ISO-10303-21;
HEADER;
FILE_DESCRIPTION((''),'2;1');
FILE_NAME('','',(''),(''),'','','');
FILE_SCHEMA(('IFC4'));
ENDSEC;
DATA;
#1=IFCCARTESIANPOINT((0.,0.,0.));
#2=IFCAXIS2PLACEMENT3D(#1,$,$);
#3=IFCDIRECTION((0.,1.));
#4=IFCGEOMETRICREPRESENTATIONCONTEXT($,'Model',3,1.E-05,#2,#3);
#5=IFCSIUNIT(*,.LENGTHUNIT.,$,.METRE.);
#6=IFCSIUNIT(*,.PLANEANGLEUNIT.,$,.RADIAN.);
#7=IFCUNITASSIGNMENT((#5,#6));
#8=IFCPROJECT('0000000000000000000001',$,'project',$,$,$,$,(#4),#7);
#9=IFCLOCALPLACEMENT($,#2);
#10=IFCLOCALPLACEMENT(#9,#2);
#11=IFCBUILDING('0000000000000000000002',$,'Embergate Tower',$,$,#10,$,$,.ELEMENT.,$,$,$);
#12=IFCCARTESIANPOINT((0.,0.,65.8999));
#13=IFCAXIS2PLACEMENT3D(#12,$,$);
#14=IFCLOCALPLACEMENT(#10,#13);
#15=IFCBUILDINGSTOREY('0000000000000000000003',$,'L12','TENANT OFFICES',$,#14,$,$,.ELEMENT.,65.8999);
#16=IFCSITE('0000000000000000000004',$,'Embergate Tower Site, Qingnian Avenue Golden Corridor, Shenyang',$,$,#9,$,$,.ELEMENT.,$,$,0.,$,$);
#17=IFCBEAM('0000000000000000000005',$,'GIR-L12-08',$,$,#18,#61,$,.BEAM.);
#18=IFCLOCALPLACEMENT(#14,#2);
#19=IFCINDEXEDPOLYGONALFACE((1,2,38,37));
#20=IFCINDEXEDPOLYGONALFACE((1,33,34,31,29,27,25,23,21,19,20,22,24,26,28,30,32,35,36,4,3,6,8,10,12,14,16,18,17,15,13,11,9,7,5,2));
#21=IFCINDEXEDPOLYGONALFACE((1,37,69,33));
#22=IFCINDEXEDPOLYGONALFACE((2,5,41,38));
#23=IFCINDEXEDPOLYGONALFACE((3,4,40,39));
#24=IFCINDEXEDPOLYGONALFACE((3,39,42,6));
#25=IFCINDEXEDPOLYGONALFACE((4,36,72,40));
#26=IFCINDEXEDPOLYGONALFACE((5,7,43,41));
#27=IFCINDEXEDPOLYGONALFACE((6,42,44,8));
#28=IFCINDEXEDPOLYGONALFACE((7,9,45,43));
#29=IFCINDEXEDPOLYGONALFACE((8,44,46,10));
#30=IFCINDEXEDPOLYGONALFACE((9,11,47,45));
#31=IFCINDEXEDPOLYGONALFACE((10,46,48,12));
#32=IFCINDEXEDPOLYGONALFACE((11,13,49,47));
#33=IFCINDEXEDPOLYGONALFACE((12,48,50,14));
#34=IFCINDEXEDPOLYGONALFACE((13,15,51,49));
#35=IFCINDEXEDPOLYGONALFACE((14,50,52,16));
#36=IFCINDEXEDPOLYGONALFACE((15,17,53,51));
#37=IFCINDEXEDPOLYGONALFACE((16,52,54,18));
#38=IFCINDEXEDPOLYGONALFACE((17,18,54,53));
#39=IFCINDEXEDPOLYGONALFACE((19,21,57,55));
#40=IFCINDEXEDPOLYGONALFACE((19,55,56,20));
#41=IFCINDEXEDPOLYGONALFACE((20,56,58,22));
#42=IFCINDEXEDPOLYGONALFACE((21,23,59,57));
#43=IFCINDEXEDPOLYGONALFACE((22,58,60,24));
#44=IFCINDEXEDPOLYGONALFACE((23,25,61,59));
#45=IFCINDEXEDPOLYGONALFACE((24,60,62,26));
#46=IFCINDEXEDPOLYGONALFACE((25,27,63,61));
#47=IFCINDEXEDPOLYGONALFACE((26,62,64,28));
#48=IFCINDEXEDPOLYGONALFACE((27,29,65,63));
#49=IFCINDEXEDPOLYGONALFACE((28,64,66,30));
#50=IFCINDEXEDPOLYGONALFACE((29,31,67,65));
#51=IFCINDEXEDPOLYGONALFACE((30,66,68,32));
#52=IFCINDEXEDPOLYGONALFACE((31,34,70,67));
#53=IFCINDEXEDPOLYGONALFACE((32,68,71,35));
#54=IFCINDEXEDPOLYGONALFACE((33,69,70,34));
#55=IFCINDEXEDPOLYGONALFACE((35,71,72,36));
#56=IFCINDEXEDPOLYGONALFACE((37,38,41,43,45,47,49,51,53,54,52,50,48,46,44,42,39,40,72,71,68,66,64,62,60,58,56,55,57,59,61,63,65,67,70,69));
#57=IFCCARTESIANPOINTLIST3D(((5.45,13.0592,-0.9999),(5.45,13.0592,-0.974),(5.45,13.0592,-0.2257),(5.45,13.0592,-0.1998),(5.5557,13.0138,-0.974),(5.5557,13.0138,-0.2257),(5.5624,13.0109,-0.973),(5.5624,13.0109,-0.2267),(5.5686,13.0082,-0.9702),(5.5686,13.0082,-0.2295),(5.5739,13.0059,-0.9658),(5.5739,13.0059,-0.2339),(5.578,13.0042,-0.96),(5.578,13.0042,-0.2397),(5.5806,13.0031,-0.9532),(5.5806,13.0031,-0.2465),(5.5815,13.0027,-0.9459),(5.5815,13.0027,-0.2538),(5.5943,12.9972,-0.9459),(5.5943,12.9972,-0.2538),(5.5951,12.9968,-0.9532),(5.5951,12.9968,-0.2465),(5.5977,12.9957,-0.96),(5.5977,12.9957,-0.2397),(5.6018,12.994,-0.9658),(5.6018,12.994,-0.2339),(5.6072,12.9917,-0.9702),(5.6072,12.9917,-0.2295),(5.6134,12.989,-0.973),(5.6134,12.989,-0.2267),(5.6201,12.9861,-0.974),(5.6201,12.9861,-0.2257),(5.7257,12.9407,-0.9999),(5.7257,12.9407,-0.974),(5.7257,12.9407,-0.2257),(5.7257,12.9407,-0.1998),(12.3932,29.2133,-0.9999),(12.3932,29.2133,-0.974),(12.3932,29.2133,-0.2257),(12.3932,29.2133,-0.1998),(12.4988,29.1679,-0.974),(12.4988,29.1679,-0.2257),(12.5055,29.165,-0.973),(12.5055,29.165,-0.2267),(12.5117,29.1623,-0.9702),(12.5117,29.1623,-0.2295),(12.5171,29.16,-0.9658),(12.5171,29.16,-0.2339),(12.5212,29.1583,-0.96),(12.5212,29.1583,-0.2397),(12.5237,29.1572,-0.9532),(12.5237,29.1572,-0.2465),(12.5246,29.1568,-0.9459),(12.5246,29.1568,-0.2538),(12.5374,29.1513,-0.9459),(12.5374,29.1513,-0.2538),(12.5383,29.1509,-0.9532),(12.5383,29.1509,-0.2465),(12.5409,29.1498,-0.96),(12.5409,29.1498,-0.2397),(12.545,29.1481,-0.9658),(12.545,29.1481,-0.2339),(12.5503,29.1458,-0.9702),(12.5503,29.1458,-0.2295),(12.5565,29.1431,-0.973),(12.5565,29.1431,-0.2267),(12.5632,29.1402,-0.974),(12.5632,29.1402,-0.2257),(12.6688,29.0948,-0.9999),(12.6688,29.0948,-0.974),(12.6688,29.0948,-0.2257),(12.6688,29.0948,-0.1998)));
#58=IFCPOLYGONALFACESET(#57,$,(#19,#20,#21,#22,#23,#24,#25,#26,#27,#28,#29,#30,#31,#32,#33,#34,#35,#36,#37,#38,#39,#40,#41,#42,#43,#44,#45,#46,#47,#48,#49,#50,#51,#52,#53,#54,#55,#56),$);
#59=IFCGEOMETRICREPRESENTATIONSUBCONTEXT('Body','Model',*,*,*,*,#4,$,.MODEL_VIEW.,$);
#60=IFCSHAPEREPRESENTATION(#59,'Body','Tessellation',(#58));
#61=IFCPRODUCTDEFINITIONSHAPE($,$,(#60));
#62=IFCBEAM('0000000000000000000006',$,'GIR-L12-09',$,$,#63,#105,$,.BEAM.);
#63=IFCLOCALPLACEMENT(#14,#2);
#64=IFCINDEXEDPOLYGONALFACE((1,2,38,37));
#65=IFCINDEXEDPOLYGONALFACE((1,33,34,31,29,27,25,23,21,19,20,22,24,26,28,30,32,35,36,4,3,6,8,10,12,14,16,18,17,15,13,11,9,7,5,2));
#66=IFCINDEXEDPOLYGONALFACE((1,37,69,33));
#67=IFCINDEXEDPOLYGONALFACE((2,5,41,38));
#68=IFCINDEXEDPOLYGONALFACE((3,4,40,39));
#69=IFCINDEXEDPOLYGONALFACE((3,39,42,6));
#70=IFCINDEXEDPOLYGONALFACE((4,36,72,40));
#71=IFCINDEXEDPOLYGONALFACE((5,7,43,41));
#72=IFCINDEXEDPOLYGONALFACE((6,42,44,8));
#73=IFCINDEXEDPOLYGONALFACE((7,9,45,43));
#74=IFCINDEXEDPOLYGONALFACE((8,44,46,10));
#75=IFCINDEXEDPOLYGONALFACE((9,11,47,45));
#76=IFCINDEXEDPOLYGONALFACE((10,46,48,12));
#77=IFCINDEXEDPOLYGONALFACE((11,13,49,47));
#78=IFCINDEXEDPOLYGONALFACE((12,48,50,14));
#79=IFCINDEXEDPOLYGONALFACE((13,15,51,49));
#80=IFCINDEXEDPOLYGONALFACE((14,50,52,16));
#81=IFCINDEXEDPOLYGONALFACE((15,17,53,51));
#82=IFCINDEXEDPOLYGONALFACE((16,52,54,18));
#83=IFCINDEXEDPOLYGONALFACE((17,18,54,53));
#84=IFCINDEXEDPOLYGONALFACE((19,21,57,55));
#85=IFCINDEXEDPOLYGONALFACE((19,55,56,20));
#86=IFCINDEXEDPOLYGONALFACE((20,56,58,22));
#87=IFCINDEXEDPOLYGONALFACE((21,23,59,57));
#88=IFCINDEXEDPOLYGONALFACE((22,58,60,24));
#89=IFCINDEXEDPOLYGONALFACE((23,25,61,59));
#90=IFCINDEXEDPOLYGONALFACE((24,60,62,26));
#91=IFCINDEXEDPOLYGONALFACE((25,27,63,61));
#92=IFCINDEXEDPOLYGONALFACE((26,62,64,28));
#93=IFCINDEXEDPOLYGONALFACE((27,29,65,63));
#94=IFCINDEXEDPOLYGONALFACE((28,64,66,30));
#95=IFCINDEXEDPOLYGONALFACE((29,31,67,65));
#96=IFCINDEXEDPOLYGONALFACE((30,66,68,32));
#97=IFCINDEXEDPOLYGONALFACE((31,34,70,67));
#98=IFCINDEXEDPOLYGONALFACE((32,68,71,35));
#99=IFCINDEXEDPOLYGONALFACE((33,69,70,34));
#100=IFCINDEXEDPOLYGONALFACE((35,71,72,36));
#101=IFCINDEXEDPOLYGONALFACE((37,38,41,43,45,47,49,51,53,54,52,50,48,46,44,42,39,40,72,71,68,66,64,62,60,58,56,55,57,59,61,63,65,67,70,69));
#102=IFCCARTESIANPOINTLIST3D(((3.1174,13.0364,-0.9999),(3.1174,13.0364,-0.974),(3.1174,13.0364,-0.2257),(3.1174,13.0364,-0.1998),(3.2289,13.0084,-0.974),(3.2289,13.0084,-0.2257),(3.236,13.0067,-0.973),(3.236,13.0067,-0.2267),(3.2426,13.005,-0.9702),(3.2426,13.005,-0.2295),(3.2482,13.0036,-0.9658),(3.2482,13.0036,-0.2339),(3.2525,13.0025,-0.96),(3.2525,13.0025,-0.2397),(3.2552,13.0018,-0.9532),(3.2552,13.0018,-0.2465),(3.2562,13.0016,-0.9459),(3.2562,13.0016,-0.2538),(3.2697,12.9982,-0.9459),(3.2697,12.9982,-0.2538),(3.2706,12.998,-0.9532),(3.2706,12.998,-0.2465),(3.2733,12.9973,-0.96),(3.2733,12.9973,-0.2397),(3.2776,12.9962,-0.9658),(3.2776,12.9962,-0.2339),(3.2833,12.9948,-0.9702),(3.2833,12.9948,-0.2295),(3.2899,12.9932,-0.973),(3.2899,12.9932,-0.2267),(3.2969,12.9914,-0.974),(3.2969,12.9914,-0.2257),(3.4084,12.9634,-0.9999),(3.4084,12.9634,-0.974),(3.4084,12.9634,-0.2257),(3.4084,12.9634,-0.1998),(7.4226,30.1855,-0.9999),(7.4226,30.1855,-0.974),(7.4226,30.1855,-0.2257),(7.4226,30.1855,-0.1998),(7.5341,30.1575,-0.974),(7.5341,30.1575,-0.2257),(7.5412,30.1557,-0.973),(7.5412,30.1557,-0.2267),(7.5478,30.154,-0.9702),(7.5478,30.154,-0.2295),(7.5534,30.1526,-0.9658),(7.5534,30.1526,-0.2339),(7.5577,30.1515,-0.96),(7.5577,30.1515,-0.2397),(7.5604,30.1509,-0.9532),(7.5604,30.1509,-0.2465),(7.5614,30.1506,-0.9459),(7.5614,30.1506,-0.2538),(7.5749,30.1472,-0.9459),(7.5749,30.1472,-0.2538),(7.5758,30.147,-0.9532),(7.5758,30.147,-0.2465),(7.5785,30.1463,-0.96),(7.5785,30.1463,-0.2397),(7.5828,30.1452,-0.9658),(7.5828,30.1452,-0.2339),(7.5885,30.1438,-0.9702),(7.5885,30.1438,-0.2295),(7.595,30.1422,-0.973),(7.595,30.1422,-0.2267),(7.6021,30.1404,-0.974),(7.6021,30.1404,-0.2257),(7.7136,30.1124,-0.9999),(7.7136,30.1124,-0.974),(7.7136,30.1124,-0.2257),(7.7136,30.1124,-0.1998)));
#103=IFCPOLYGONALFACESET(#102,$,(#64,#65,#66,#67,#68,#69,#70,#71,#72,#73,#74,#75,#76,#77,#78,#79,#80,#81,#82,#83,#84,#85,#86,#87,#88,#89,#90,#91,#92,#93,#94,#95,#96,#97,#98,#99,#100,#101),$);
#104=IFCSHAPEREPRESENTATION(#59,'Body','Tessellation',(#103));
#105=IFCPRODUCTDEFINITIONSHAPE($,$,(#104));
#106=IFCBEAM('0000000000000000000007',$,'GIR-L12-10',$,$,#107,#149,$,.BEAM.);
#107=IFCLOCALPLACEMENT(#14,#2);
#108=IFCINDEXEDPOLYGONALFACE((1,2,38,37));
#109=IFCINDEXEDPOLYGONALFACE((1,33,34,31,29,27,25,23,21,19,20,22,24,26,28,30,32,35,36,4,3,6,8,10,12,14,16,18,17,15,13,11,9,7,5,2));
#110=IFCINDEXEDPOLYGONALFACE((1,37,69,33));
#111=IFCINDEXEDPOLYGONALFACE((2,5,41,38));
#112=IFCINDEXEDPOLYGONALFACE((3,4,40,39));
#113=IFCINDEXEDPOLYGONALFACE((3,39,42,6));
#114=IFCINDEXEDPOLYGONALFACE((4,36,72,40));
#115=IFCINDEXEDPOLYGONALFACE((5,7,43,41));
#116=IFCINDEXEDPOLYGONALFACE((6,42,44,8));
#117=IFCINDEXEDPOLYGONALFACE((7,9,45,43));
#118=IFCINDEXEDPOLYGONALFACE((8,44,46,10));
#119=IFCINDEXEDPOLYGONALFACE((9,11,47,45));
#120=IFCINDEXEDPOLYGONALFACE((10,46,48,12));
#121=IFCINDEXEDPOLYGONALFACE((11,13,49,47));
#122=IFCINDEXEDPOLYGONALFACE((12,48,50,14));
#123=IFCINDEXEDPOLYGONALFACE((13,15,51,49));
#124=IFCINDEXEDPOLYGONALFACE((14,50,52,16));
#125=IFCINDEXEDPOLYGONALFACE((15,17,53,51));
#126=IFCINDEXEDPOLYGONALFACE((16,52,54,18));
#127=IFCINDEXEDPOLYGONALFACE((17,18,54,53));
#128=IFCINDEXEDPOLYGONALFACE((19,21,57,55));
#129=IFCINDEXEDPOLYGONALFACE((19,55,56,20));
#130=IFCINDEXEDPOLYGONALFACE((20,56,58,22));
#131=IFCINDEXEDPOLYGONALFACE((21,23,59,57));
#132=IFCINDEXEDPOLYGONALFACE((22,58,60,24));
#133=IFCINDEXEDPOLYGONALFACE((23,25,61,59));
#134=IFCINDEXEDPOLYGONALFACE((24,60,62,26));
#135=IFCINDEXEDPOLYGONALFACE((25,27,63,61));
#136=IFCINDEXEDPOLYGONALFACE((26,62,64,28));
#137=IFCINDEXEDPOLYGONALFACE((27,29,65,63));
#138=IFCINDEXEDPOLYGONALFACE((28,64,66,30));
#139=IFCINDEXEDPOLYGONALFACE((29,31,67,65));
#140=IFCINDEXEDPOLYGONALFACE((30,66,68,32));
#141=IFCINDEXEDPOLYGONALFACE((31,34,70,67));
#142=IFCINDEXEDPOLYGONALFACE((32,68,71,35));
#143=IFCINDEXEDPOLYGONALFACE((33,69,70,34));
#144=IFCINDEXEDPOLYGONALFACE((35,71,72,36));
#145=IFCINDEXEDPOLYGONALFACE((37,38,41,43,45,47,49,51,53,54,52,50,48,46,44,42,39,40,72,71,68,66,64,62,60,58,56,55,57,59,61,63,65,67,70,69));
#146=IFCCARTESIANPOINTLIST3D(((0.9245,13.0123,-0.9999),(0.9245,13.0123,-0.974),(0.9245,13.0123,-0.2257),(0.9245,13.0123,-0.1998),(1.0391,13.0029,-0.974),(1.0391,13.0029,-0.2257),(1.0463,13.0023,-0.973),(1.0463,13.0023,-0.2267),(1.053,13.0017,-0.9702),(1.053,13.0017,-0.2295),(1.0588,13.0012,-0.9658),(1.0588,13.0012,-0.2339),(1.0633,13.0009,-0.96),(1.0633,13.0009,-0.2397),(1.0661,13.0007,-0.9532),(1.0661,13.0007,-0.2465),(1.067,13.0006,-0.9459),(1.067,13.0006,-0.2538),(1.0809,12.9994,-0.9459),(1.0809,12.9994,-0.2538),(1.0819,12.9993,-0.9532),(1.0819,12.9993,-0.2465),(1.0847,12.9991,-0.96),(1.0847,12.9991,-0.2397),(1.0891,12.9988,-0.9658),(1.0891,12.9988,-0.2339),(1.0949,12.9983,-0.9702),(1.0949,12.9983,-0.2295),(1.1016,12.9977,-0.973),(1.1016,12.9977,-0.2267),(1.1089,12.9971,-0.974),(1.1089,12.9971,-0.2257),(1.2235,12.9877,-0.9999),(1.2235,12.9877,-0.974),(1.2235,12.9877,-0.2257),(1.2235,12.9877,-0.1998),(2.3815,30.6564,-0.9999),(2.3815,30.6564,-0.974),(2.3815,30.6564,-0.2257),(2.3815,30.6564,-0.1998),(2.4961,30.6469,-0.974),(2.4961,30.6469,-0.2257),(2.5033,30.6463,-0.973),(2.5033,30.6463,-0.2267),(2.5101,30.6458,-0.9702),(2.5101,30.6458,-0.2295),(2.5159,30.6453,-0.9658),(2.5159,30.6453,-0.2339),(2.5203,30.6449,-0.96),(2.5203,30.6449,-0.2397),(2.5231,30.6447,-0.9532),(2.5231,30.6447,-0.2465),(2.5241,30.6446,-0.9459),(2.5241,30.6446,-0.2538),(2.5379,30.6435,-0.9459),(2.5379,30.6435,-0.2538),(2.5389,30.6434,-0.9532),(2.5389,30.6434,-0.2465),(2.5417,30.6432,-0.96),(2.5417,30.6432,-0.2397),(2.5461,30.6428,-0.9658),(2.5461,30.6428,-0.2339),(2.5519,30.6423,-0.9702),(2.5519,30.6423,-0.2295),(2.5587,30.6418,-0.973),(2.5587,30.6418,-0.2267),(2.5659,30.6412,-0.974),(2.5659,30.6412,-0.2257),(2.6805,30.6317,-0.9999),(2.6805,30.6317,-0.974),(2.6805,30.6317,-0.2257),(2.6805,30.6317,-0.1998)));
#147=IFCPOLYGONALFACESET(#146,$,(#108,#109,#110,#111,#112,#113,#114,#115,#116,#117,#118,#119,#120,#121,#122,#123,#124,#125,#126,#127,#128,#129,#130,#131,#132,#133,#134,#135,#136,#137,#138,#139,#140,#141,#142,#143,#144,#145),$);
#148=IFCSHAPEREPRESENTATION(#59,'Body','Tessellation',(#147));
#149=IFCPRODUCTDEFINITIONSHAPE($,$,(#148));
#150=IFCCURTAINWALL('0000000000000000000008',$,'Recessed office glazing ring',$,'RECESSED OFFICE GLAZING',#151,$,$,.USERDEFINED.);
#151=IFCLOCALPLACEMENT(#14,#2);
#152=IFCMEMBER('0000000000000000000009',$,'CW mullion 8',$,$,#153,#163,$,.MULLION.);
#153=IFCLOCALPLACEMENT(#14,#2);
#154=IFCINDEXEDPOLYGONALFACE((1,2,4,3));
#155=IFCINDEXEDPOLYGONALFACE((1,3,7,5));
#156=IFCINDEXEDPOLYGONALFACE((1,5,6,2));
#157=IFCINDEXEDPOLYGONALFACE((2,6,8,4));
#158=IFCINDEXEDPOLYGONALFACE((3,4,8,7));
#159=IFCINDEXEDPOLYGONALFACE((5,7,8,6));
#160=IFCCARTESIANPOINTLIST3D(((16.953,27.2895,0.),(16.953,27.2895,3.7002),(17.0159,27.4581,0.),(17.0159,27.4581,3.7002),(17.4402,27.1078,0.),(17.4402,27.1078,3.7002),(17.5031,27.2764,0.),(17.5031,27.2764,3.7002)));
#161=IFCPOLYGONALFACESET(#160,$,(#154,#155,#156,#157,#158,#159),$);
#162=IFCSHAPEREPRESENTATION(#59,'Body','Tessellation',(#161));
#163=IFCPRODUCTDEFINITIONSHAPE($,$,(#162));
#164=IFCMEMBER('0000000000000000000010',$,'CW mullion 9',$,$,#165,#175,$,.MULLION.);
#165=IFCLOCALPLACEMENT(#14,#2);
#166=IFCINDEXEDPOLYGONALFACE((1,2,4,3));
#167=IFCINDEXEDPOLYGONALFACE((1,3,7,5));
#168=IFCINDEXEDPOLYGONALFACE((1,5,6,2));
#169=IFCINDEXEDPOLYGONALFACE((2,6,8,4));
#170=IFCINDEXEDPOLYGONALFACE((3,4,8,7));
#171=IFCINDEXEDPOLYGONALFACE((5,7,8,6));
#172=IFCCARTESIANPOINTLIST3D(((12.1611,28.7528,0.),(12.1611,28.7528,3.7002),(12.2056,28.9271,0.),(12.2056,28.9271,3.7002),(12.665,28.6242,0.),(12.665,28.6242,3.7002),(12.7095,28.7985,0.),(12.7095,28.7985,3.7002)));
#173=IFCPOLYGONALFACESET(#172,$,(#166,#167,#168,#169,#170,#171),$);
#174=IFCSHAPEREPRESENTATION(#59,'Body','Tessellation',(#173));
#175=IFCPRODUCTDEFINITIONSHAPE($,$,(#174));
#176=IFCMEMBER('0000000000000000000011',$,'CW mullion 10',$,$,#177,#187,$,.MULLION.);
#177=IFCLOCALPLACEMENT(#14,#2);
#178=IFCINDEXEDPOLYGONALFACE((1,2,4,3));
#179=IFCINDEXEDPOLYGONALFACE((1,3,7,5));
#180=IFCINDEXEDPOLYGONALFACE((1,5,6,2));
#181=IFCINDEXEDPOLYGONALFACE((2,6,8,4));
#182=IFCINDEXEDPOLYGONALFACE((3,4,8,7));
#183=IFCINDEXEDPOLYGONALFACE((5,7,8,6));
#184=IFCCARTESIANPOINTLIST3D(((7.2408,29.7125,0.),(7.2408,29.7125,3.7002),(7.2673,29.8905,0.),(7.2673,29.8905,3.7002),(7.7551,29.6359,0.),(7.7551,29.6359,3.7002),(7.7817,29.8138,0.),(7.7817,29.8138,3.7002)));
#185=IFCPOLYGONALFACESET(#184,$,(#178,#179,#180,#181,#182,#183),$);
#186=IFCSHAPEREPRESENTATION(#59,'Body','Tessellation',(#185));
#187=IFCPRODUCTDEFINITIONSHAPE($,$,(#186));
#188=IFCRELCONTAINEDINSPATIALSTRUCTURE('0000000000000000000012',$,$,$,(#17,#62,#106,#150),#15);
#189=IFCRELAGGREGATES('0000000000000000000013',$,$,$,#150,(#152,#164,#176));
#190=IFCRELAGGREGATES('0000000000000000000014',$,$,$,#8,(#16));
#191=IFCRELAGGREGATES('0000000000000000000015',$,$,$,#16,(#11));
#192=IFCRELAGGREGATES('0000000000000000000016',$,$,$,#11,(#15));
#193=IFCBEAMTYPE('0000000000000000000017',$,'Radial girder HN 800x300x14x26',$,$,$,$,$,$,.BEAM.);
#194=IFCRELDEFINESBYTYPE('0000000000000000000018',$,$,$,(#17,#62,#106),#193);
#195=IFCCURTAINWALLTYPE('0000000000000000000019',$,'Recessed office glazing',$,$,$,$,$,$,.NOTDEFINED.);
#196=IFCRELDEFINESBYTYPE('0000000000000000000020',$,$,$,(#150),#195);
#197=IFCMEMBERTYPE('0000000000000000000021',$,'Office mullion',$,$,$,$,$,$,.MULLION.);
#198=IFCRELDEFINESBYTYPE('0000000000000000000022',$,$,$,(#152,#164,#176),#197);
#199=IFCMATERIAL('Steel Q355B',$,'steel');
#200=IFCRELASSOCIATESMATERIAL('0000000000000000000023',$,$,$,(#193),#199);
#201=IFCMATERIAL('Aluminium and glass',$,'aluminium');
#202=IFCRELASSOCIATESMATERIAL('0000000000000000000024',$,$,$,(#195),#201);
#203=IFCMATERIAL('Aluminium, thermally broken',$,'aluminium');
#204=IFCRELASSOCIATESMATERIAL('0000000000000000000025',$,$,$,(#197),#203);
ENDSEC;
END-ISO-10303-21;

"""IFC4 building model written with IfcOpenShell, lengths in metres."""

from ifc_helpers import new_model, si_unit, direction, frame, origin, origin_2d, place, context, subcontext, project, spatial, rectangle, i_section, extrude, source, transform, mapped, material, material_profile, profile_set, type_object, element, aggregate, save


model = new_model("IFC4")

# Units and contexts
model_context = context("Model", 3, precision=1e-05, world=origin(), true_north=direction((0.0, 1.0)))
body_context = subcontext(model_context, "Body", "Model", "MODEL_VIEW")
ifc_project = project(units=[si_unit("LENGTHUNIT", "METRE"), si_unit("PLANEANGLEUNIT", "RADIAN")], contexts=[model_context])

# Site, building, storey
site_placement = place(None, origin())
site = spatial("IfcSite", under=ifc_project, at=site_placement, Name="Embergate Tower Site, Qingnian Avenue Golden Corridor, Shenyang", CompositionType="ELEMENT", RefElevation=0.0)
building_placement = place(site_placement, origin())
building = spatial("IfcBuilding", under=site, at=building_placement, Name="Embergate Tower", CompositionType="ELEMENT")
storey_placement = place(building_placement, frame((0.0, 0.0, 65.8999)))
storey = spatial("IfcBuildingStorey", under=building, at=storey_placement, Name="L12", Description="TENANT OFFICES", CompositionType="ELEMENT", Elevation=65.8999)

# Beams
ifc_material_1 = material(Name="Steel Q355B", Category="steel")
ifc_material_profile_1 = material_profile(ifc_material_1, i_section(OverallWidth=0.3, OverallDepth=0.8, WebThickness=0.0139, FlangeThickness=0.0259, FilletRadius=0.0281, at=origin_2d()), Name="HN 800x300x14x26")
ifc_profile_set_1 = profile_set([ifc_material_profile_1], Name="Steel Q355 grade B")
beam_type_1 = type_object("IfcBeamType", Name="Radial girder HN 800x300x14x26", PredefinedType="BEAM", material=ifc_profile_set_1)
shared_shape_1 = source(origin(), body_context, "Body", "SweptSolid", [
    extrude(i_section(OverallWidth=0.3, OverallDepth=0.8, WebThickness=0.0139, FlangeThickness=0.0259, FilletRadius=0.0281, at=origin_2d()), origin(), (0.0, 0.0, 1.0), 17.583),
])
beam_1_placement = place(storey_placement, frame((12.531, 29.1541, -0.5999), z_axis=(-0.394878, -0.918734, 0.0), x_axis=(0.918734, -0.394878, 0.0)))
element("IfcBeam", 1, at=beam_1_placement, inside=storey, type_object=beam_type_1, Name="GIR-L12-08", PredefinedType="BEAM", context=body_context, shape_type="MappedRepresentation", body=[
    mapped(shared_shape_1, transform((0.0, 0.0, 0.0))),
])
shared_shape_2 = source(origin(), body_context, "Body", "SweptSolid", [
    extrude(i_section(OverallWidth=0.3, OverallDepth=0.8, WebThickness=0.0139, FlangeThickness=0.0259, FilletRadius=0.0281, at=origin_2d()), origin(), (0.0, 0.0, 1.0), 17.6812),
])
beam_2_placement = place(storey_placement, frame((7.5681, 30.1489, -0.5999), z_axis=(-0.243491, -0.969903, 0.0), x_axis=(0.969903, -0.243491, 0.0)))
element("IfcBeam", 2, at=beam_2_placement, inside=storey, type_object=beam_type_1, Name="GIR-L12-09", PredefinedType="BEAM", context=body_context, shape_type="MappedRepresentation", body=[
    mapped(shared_shape_2, transform((0.0, 0.0, 0.0))),
])
shared_shape_3 = source(origin(), body_context, "Body", "SweptSolid", [
    extrude(i_section(OverallWidth=0.3, OverallDepth=0.8, WebThickness=0.0139, FlangeThickness=0.0259, FilletRadius=0.0281, at=origin_2d()), origin(), (0.0, 0.0, 1.0), 17.7041),
])
beam_3_placement = place(storey_placement, frame((2.531, 30.644, -0.5999), z_axis=(-0.082299, -0.996608, 0.0), x_axis=(0.996608, -0.082299, 0.0)))
element("IfcBeam", 3, at=beam_3_placement, inside=storey, type_object=beam_type_1, Name="GIR-L12-10", PredefinedType="BEAM", context=body_context, shape_type="MappedRepresentation", body=[
    mapped(shared_shape_3, transform((0.0, 0.0, 0.0))),
])

# Curtain wall, members
ifc_material_2 = material(Name="Aluminium and glass", Category="aluminium")
curtain_wall_type = type_object("IfcCurtainWallType", Name="Recessed office glazing", PredefinedType="NOTDEFINED", material=ifc_material_2)
curtain_wall_placement = place(storey_placement, origin())
curtain_wall = element("IfcCurtainWall", 4, at=curtain_wall_placement, inside=storey, type_object=curtain_wall_type, Name="Recessed office glazing ring", ObjectType="RECESSED OFFICE GLAZING", PredefinedType="USERDEFINED")
ifc_material_3 = material(Name="Aluminium, thermally broken", Category="aluminium")
ifc_material_profile_2 = material_profile(ifc_material_3, rectangle(XDim=0.1799, YDim=0.52, at=origin_2d()), Name="AL 520x180")
ifc_profile_set_2 = profile_set([ifc_material_profile_2], Name="Aluminium, thermally broken")
member_type_1 = type_object("IfcMemberType", Name="Office mullion", PredefinedType="MULLION", material=ifc_profile_set_2)
shared_shape_4 = source(origin(), body_context, "Body", "SweptSolid", [
    extrude(rectangle(XDim=0.1799, YDim=0.52, at=origin_2d()), origin(), (0.0, 0.0, 1.0), 3.7002),
])
member_1_placement = place(storey_placement, frame((17.228, 27.283, 0.0), z_axis=(0.0, 0.0, 1.0), x_axis=(-0.349511, -0.936932, 0.0)))
member_1 = element("IfcMember", 5, at=member_1_placement, type_object=member_type_1, Name="CW mullion 8", PredefinedType="MULLION", context=body_context, shape_type="MappedRepresentation", body=[
    mapped(shared_shape_4, transform((0.0, 0.0, 0.0))),
])
member_2_placement = place(storey_placement, frame((12.4353, 28.7756, 0.0), z_axis=(0.0, 0.0, 1.0), x_axis=(-0.247319, -0.968934, 0.0)))
member_2 = element("IfcMember", 6, at=member_2_placement, type_object=member_type_1, Name="CW mullion 9", PredefinedType="MULLION", context=body_context, shape_type="MappedRepresentation", body=[
    mapped(shared_shape_4, transform((0.0, 0.0, 0.0))),
])
member_3_placement = place(storey_placement, frame((7.5112, 29.7632, 0.0), z_axis=(0.0, 0.0, 1.0), x_axis=(-0.147416, -0.989075, 0.0)))
member_3 = element("IfcMember", 7, at=member_3_placement, type_object=member_type_1, Name="CW mullion 10", PredefinedType="MULLION", context=body_context, shape_type="MappedRepresentation", body=[
    mapped(shared_shape_4, transform((0.0, 0.0, 0.0))),
])
aggregate(curtain_wall, [member_1, member_2, member_3])

save(model, "model.ifc")
